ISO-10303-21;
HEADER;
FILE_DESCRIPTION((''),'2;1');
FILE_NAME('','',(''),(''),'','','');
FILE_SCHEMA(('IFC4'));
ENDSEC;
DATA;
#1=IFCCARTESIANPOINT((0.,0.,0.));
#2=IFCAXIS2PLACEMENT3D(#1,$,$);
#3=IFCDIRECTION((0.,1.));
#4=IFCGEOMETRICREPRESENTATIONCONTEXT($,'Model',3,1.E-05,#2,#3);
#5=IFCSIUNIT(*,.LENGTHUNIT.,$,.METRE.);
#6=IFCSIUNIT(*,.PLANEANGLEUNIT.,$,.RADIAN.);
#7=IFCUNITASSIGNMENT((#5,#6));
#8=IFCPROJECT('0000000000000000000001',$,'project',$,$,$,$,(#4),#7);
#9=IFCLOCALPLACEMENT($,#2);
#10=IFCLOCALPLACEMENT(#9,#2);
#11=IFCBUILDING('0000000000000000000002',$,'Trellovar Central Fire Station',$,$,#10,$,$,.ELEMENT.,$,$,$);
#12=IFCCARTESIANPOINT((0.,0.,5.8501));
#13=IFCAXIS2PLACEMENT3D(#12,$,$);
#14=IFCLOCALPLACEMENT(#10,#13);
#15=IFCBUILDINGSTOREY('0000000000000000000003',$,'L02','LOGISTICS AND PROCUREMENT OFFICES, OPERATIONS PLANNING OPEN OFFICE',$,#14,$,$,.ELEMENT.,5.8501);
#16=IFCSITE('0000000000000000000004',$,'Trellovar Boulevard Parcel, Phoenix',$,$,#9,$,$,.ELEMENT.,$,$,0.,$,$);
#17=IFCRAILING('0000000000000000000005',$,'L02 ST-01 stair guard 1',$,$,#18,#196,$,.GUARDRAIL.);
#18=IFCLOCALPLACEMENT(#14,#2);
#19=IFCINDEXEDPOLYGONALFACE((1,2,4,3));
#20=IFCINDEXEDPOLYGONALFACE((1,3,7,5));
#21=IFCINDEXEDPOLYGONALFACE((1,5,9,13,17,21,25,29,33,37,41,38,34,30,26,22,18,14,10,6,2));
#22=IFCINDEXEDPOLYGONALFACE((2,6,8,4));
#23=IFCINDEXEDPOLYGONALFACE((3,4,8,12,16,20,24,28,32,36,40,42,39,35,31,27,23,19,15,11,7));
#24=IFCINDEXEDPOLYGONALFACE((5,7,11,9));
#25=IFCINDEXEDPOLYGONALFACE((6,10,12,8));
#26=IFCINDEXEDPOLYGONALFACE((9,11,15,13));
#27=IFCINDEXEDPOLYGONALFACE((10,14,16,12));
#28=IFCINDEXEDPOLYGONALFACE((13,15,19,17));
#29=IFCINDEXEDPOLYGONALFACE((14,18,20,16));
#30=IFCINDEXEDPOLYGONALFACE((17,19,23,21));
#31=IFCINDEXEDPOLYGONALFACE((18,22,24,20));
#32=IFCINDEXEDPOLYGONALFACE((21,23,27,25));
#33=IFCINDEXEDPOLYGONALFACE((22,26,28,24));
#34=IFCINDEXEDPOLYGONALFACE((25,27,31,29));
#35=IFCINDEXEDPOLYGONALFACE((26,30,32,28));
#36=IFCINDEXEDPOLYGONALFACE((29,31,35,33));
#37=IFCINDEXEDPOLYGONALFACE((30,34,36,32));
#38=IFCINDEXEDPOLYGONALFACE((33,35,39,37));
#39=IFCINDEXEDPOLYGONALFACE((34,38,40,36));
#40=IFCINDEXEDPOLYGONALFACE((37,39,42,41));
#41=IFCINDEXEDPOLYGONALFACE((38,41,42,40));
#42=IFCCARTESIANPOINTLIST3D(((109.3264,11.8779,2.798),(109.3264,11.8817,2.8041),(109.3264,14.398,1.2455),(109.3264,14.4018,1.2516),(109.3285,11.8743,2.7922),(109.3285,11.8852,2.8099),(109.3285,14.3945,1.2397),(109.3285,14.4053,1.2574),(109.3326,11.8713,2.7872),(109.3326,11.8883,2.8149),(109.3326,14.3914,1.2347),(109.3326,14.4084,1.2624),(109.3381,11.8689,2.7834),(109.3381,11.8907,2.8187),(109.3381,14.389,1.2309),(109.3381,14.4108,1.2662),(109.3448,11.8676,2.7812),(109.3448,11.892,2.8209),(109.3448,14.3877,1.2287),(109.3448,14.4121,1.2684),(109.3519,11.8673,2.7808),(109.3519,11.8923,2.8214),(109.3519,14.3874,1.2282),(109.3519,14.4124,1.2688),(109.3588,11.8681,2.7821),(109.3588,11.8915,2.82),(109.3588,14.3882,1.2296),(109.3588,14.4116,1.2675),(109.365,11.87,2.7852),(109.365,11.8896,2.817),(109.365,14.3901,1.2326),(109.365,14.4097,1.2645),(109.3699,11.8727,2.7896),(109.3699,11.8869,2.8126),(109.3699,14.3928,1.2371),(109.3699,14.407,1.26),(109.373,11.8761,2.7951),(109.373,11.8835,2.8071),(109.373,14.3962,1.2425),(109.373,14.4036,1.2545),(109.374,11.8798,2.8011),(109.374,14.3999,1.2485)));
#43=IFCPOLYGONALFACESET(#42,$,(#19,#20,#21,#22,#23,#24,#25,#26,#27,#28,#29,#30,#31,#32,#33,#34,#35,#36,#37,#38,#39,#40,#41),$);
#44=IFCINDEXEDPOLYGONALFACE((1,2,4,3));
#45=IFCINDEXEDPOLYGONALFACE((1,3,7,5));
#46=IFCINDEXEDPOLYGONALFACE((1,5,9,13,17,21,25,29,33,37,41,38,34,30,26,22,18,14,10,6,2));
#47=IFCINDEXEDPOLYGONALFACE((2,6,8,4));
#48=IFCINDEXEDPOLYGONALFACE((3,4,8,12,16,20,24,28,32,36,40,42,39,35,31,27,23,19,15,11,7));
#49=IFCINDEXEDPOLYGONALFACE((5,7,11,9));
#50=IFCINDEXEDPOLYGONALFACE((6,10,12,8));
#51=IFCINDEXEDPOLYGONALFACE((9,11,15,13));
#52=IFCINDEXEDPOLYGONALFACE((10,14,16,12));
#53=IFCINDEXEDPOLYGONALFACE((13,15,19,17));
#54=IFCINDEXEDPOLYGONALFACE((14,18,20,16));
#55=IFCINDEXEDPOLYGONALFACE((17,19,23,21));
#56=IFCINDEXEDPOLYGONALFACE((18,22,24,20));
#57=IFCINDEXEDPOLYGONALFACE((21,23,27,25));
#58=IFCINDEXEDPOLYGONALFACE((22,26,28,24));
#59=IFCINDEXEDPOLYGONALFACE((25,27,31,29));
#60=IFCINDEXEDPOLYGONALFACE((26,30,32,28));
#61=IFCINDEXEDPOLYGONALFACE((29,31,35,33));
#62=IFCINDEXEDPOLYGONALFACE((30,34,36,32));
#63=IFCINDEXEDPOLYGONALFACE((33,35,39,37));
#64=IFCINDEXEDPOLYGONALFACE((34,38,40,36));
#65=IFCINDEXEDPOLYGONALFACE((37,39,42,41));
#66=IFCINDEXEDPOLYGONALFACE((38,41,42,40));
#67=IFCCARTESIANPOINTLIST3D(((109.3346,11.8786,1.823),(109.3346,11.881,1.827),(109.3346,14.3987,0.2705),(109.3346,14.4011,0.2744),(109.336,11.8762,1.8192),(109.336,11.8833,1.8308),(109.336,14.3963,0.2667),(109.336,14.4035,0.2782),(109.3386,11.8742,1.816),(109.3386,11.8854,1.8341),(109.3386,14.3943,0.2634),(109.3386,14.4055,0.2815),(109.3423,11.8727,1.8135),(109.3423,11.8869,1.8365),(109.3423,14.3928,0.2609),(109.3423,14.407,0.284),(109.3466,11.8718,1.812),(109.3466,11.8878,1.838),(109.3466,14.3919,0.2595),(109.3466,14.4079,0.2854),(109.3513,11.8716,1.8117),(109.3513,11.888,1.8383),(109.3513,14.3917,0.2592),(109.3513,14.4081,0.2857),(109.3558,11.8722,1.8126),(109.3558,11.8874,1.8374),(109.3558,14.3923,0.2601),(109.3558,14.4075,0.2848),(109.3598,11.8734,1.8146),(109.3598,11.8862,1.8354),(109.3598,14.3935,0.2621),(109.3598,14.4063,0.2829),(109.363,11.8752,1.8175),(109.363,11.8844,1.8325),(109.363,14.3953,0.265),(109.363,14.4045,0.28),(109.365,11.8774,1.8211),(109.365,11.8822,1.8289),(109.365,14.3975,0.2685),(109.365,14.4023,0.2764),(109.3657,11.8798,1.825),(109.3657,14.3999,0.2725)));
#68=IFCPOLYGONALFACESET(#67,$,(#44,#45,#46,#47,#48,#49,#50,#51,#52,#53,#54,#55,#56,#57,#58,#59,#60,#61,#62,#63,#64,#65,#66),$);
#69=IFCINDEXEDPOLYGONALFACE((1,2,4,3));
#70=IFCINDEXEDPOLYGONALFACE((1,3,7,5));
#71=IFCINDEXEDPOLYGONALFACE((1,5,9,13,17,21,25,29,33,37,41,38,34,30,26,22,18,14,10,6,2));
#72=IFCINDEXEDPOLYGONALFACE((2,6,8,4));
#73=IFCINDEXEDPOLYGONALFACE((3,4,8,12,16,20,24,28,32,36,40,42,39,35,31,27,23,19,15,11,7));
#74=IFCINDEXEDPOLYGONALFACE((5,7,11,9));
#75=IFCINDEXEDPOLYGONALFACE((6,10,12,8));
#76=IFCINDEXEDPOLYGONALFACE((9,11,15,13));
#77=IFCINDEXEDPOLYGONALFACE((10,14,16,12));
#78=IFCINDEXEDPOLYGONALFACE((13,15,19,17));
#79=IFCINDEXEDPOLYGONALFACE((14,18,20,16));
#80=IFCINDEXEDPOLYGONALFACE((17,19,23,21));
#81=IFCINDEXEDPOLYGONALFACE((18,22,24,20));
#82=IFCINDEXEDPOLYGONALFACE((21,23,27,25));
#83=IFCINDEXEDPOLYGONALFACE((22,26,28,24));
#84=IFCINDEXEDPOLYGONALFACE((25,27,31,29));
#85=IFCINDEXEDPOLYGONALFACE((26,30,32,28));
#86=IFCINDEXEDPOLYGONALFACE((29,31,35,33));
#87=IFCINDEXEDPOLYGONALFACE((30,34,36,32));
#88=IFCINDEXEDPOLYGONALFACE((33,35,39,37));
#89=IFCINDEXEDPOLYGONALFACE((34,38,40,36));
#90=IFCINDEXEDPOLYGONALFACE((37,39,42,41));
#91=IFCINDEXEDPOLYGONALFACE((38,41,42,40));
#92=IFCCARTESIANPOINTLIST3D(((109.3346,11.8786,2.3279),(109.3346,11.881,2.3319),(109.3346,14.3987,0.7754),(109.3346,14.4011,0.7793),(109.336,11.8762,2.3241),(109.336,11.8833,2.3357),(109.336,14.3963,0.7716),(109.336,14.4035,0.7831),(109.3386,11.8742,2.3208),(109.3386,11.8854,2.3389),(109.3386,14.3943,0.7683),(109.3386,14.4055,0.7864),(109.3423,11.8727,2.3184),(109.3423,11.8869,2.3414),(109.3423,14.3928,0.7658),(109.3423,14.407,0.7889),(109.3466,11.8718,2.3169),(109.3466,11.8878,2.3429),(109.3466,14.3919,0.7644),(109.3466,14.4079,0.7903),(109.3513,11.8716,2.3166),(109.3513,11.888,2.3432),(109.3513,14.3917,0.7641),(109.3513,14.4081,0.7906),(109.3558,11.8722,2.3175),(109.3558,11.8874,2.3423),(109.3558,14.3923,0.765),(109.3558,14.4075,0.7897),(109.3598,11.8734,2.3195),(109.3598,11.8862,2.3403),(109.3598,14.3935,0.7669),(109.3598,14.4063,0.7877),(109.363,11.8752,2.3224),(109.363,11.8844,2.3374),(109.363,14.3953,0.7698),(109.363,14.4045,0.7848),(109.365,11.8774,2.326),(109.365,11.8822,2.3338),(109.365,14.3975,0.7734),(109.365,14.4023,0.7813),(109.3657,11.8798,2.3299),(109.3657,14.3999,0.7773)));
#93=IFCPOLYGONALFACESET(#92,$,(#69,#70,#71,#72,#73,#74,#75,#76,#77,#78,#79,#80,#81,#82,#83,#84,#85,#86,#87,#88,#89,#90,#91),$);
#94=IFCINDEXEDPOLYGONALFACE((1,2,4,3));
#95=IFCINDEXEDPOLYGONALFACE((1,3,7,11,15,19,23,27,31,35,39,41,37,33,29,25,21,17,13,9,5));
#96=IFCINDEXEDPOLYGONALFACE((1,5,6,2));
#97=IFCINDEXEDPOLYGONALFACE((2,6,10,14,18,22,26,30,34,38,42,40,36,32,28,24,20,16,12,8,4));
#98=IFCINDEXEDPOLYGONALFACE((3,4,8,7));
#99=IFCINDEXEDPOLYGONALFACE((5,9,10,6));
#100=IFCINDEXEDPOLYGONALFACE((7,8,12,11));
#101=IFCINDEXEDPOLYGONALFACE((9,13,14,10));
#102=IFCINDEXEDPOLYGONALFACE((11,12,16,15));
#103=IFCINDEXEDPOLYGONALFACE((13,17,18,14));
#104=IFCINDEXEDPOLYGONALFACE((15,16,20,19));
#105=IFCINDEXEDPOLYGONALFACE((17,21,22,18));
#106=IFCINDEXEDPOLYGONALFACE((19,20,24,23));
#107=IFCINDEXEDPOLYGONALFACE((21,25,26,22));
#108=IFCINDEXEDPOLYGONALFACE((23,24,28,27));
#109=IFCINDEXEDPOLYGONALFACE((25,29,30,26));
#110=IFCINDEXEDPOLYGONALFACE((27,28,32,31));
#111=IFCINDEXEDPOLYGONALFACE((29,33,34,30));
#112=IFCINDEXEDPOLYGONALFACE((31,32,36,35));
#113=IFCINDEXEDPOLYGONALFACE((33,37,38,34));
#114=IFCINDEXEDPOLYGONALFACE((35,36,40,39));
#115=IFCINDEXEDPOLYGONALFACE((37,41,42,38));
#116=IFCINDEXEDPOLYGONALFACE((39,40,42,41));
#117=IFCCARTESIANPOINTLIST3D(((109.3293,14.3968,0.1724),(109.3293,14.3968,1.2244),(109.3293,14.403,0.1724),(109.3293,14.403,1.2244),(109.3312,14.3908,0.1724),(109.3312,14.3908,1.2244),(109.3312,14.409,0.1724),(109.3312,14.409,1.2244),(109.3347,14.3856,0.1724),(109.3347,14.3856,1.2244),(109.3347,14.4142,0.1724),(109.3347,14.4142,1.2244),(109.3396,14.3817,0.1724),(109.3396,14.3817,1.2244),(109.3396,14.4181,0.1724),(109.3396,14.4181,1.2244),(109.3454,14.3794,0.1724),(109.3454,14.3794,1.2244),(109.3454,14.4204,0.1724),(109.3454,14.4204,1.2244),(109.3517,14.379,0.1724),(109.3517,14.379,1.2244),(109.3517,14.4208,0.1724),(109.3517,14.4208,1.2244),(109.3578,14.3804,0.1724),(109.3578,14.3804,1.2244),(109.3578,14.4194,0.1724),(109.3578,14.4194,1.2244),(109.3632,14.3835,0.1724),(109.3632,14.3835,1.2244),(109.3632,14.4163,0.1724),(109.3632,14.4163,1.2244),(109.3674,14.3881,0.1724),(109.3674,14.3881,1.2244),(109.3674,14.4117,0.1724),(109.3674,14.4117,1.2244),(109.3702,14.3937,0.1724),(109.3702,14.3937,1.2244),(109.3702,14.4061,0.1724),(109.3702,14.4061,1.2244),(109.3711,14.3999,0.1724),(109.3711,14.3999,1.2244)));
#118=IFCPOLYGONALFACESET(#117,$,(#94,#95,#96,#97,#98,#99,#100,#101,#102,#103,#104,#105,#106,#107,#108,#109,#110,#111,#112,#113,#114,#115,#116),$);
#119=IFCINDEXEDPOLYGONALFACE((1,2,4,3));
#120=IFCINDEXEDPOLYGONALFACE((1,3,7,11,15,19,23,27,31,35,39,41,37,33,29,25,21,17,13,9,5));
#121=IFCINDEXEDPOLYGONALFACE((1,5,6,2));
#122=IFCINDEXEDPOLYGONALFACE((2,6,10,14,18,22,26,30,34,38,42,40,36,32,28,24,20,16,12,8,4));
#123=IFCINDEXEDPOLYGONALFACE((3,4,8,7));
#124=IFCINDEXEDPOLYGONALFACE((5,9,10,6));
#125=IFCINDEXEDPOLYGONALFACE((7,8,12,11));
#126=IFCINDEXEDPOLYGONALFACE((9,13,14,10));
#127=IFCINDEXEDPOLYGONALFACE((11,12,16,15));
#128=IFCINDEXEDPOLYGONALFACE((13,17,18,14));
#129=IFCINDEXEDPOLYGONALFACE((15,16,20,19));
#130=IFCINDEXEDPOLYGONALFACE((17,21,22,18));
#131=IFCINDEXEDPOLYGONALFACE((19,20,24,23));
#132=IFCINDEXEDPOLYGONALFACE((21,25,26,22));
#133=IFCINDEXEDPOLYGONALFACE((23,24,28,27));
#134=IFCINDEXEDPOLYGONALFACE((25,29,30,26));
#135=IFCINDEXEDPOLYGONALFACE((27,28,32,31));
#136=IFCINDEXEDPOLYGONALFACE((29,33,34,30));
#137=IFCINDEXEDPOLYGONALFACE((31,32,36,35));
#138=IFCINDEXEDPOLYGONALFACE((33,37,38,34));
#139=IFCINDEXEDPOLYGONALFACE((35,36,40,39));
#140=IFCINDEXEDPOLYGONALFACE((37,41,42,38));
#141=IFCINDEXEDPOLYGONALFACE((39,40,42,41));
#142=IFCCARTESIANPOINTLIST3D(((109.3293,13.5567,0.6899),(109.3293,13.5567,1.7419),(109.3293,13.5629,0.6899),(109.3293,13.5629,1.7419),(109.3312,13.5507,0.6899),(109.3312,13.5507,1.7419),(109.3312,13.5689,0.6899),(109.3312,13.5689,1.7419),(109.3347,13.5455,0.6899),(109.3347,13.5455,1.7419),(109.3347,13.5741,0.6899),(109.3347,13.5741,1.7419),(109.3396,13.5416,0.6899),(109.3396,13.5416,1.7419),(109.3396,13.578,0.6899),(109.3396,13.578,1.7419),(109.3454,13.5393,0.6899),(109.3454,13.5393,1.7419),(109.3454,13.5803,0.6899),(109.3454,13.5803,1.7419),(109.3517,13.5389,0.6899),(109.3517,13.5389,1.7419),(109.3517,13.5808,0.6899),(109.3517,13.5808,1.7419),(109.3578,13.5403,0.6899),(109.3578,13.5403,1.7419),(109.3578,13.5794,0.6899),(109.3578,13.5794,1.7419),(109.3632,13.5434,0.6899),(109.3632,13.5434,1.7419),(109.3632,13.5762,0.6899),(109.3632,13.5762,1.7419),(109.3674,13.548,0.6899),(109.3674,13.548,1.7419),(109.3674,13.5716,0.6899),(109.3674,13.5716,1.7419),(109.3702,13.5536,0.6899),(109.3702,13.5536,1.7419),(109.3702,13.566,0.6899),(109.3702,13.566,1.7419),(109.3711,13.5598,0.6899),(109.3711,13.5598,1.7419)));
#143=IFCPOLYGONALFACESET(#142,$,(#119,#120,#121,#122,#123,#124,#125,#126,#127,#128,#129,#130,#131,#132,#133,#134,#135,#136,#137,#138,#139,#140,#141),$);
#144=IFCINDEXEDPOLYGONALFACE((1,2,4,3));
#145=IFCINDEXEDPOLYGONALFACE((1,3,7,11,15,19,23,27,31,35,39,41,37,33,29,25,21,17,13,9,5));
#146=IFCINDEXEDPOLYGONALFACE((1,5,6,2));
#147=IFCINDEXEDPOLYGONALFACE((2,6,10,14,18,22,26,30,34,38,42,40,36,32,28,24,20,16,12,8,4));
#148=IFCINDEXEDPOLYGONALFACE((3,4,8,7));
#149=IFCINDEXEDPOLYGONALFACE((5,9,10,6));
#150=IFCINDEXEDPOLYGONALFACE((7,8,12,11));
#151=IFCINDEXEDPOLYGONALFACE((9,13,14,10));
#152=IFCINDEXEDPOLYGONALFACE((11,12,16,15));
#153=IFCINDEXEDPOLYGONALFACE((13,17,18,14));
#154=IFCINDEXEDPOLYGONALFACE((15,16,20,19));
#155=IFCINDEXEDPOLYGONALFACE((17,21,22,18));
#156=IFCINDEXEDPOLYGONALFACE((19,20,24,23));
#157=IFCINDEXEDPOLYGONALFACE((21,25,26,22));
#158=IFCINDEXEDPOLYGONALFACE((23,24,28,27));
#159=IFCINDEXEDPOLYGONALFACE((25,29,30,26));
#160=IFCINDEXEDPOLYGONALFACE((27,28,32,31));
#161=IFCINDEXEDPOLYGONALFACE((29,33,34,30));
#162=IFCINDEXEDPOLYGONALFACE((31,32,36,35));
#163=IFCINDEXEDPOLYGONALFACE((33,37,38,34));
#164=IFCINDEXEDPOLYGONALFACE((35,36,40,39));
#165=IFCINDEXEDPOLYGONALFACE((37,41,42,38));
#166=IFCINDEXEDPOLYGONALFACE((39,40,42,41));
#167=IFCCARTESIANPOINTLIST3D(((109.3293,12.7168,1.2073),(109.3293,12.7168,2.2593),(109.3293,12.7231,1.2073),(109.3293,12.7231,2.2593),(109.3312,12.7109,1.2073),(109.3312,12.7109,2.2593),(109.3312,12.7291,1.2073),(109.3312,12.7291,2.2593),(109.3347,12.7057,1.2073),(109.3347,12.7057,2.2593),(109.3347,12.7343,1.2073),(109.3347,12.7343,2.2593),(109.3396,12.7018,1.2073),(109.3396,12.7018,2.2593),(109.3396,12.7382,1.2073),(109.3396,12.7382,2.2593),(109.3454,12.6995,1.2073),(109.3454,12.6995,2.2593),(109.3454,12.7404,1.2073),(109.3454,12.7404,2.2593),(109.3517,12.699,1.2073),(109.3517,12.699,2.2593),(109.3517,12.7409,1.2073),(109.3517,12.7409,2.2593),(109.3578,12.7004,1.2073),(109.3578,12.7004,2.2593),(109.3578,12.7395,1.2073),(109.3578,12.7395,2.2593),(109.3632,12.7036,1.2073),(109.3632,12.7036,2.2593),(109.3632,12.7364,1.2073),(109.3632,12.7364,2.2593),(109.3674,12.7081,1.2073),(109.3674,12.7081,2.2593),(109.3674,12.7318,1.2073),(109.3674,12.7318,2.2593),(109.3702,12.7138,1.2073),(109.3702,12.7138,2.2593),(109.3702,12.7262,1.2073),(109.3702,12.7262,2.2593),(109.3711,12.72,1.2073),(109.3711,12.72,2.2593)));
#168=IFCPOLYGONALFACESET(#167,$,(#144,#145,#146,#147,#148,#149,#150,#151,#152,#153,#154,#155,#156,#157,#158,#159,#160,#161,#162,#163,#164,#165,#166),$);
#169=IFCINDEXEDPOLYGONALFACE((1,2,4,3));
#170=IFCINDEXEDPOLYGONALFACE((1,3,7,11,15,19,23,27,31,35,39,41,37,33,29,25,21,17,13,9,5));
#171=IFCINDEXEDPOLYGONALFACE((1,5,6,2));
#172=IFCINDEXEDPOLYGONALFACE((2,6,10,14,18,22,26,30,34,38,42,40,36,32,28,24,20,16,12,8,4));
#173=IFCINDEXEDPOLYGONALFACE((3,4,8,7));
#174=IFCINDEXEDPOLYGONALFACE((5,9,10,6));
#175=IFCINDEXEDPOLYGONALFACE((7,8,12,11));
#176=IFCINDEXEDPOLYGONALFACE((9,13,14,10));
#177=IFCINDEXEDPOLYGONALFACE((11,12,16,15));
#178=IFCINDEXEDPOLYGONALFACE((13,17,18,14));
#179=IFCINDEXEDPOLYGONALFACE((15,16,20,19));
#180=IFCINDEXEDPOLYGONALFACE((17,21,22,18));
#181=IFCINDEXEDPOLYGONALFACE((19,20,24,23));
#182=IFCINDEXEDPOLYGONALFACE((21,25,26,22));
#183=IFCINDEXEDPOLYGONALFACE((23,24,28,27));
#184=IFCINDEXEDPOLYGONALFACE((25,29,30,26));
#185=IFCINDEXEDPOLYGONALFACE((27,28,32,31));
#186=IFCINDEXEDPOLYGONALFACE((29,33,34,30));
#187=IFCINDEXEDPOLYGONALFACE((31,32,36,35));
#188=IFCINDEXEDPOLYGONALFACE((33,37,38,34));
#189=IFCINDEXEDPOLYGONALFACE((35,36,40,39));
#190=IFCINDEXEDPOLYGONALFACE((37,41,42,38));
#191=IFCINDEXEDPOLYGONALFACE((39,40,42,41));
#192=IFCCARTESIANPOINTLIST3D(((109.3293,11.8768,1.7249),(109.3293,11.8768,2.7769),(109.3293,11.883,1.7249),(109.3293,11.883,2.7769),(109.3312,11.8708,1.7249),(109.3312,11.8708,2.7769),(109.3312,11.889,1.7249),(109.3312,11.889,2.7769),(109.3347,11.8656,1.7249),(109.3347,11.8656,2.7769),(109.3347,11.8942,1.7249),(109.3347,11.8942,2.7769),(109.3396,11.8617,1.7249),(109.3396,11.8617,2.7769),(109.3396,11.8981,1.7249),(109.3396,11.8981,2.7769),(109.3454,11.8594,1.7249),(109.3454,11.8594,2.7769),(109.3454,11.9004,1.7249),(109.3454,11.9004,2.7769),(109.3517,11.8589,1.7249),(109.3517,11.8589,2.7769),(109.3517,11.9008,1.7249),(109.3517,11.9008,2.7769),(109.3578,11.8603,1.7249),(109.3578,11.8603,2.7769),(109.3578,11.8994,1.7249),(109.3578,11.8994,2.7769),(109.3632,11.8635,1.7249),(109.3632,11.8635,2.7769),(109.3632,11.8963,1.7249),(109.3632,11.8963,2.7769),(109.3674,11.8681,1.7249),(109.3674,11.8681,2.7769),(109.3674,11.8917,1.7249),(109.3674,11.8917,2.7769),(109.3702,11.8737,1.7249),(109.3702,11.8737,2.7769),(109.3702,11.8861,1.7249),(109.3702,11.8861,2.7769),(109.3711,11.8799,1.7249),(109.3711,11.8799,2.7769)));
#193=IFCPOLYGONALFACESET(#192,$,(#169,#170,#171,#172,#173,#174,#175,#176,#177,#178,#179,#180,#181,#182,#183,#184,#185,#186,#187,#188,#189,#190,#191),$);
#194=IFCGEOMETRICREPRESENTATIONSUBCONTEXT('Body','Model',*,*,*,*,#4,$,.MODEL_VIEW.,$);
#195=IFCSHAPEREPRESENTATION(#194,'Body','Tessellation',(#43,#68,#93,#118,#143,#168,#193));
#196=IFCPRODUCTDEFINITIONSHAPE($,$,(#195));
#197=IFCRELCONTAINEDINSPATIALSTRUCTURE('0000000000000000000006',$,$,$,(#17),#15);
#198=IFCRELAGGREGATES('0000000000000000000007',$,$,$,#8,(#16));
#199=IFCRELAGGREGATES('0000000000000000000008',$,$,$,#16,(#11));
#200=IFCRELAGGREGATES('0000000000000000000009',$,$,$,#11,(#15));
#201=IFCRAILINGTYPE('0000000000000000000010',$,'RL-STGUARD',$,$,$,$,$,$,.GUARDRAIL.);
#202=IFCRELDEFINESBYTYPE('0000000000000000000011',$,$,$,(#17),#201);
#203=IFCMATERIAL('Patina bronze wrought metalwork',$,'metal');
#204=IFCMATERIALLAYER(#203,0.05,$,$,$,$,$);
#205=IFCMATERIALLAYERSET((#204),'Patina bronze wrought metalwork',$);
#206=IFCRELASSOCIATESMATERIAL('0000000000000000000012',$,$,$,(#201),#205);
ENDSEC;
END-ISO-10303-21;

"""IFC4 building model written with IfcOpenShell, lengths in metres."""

from ifc_helpers import new_model, si_unit, direction, frame, origin, origin_2d, place, context, subcontext, project, spatial, circle, extrude, material, layer, layer_set, type_object, element, save


model = new_model("IFC4")

# Units and contexts
model_context = context("Model", 3, precision=1e-05, world=origin(), true_north=direction((0.0, 1.0)))
body_context = subcontext(model_context, "Body", "Model", "MODEL_VIEW")
ifc_project = project(units=[si_unit("LENGTHUNIT", "METRE"), si_unit("PLANEANGLEUNIT", "RADIAN")], contexts=[model_context])

# Site, building, storey
site_placement = place(None, origin())
site = spatial("IfcSite", under=ifc_project, at=site_placement, Name="Trellovar Boulevard Parcel, Phoenix", CompositionType="ELEMENT", RefElevation=0.0)
building_placement = place(site_placement, origin())
building = spatial("IfcBuilding", under=site, at=building_placement, Name="Trellovar Central Fire Station", CompositionType="ELEMENT")
storey_placement = place(building_placement, frame((0.0, 0.0, 5.8501)))
storey = spatial("IfcBuildingStorey", under=building, at=storey_placement, Name="L02", Description="LOGISTICS AND PROCUREMENT OFFICES, OPERATIONS PLANNING OPEN OFFICE", CompositionType="ELEMENT", Elevation=5.8501)

# Railing
ifc_material_1 = material(Name="Patina bronze wrought metalwork", Category="metal")
ifc_layer_1 = layer(ifc_material_1, 0.05)
ifc_layer_set_1 = layer_set([ifc_layer_1], Name="Patina bronze wrought metalwork")
railing_type_1 = type_object("IfcRailingType", Name="RL-STGUARD", PredefinedType="GUARDRAIL", material=ifc_layer_set_1)
railing_1_placement = place(storey_placement, frame((109.3501, 14.3999, 0.1724)))
element("IfcRailing", 1, at=railing_1_placement, inside=storey, type_object=railing_type_1, Name="L02 ST-01 stair guard 1", PredefinedType="GUARDRAIL", context=body_context, shape_type="SweptSolid", body=[
    extrude(circle(Radius=0.0239, at=origin_2d()), frame((0.0, 0.0, 1.0762), z_axis=(0.0, -0.8514, 0.524516), x_axis=(1.0, 0.0, 0.0)), (0.0, 0.0, 1.0), 2.96),
    extrude(circle(Radius=0.0156, at=origin_2d()), frame((0.0, 0.0, 0.1001), z_axis=(0.0, -0.8514, 0.524516), x_axis=(1.0, 0.0, 0.0)), (0.0, 0.0, 1.0), 2.96),
    extrude(circle(Radius=0.0156, at=origin_2d()), frame((0.0, 0.0, 0.605), z_axis=(0.0, -0.8514, 0.524516), x_axis=(1.0, 0.0, 0.0)), (0.0, 0.0, 1.0), 2.96),
    extrude(circle(Radius=0.021, at=origin_2d()), origin(), (0.0, 0.0, 1.0), 1.052),
    extrude(circle(Radius=0.021, at=origin_2d()), frame((0.0, -0.8401, 0.5176)), (0.0, 0.0, 1.0), 1.052),
    extrude(circle(Radius=0.021, at=origin_2d()), frame((0.0, -1.6799, 1.0349)), (0.0, 0.0, 1.0), 1.052),
    extrude(circle(Radius=0.021, at=origin_2d()), frame((0.0, -2.52, 1.5525)), (0.0, 0.0, 1.0), 1.052),
])

save(model, "model.ifc")
